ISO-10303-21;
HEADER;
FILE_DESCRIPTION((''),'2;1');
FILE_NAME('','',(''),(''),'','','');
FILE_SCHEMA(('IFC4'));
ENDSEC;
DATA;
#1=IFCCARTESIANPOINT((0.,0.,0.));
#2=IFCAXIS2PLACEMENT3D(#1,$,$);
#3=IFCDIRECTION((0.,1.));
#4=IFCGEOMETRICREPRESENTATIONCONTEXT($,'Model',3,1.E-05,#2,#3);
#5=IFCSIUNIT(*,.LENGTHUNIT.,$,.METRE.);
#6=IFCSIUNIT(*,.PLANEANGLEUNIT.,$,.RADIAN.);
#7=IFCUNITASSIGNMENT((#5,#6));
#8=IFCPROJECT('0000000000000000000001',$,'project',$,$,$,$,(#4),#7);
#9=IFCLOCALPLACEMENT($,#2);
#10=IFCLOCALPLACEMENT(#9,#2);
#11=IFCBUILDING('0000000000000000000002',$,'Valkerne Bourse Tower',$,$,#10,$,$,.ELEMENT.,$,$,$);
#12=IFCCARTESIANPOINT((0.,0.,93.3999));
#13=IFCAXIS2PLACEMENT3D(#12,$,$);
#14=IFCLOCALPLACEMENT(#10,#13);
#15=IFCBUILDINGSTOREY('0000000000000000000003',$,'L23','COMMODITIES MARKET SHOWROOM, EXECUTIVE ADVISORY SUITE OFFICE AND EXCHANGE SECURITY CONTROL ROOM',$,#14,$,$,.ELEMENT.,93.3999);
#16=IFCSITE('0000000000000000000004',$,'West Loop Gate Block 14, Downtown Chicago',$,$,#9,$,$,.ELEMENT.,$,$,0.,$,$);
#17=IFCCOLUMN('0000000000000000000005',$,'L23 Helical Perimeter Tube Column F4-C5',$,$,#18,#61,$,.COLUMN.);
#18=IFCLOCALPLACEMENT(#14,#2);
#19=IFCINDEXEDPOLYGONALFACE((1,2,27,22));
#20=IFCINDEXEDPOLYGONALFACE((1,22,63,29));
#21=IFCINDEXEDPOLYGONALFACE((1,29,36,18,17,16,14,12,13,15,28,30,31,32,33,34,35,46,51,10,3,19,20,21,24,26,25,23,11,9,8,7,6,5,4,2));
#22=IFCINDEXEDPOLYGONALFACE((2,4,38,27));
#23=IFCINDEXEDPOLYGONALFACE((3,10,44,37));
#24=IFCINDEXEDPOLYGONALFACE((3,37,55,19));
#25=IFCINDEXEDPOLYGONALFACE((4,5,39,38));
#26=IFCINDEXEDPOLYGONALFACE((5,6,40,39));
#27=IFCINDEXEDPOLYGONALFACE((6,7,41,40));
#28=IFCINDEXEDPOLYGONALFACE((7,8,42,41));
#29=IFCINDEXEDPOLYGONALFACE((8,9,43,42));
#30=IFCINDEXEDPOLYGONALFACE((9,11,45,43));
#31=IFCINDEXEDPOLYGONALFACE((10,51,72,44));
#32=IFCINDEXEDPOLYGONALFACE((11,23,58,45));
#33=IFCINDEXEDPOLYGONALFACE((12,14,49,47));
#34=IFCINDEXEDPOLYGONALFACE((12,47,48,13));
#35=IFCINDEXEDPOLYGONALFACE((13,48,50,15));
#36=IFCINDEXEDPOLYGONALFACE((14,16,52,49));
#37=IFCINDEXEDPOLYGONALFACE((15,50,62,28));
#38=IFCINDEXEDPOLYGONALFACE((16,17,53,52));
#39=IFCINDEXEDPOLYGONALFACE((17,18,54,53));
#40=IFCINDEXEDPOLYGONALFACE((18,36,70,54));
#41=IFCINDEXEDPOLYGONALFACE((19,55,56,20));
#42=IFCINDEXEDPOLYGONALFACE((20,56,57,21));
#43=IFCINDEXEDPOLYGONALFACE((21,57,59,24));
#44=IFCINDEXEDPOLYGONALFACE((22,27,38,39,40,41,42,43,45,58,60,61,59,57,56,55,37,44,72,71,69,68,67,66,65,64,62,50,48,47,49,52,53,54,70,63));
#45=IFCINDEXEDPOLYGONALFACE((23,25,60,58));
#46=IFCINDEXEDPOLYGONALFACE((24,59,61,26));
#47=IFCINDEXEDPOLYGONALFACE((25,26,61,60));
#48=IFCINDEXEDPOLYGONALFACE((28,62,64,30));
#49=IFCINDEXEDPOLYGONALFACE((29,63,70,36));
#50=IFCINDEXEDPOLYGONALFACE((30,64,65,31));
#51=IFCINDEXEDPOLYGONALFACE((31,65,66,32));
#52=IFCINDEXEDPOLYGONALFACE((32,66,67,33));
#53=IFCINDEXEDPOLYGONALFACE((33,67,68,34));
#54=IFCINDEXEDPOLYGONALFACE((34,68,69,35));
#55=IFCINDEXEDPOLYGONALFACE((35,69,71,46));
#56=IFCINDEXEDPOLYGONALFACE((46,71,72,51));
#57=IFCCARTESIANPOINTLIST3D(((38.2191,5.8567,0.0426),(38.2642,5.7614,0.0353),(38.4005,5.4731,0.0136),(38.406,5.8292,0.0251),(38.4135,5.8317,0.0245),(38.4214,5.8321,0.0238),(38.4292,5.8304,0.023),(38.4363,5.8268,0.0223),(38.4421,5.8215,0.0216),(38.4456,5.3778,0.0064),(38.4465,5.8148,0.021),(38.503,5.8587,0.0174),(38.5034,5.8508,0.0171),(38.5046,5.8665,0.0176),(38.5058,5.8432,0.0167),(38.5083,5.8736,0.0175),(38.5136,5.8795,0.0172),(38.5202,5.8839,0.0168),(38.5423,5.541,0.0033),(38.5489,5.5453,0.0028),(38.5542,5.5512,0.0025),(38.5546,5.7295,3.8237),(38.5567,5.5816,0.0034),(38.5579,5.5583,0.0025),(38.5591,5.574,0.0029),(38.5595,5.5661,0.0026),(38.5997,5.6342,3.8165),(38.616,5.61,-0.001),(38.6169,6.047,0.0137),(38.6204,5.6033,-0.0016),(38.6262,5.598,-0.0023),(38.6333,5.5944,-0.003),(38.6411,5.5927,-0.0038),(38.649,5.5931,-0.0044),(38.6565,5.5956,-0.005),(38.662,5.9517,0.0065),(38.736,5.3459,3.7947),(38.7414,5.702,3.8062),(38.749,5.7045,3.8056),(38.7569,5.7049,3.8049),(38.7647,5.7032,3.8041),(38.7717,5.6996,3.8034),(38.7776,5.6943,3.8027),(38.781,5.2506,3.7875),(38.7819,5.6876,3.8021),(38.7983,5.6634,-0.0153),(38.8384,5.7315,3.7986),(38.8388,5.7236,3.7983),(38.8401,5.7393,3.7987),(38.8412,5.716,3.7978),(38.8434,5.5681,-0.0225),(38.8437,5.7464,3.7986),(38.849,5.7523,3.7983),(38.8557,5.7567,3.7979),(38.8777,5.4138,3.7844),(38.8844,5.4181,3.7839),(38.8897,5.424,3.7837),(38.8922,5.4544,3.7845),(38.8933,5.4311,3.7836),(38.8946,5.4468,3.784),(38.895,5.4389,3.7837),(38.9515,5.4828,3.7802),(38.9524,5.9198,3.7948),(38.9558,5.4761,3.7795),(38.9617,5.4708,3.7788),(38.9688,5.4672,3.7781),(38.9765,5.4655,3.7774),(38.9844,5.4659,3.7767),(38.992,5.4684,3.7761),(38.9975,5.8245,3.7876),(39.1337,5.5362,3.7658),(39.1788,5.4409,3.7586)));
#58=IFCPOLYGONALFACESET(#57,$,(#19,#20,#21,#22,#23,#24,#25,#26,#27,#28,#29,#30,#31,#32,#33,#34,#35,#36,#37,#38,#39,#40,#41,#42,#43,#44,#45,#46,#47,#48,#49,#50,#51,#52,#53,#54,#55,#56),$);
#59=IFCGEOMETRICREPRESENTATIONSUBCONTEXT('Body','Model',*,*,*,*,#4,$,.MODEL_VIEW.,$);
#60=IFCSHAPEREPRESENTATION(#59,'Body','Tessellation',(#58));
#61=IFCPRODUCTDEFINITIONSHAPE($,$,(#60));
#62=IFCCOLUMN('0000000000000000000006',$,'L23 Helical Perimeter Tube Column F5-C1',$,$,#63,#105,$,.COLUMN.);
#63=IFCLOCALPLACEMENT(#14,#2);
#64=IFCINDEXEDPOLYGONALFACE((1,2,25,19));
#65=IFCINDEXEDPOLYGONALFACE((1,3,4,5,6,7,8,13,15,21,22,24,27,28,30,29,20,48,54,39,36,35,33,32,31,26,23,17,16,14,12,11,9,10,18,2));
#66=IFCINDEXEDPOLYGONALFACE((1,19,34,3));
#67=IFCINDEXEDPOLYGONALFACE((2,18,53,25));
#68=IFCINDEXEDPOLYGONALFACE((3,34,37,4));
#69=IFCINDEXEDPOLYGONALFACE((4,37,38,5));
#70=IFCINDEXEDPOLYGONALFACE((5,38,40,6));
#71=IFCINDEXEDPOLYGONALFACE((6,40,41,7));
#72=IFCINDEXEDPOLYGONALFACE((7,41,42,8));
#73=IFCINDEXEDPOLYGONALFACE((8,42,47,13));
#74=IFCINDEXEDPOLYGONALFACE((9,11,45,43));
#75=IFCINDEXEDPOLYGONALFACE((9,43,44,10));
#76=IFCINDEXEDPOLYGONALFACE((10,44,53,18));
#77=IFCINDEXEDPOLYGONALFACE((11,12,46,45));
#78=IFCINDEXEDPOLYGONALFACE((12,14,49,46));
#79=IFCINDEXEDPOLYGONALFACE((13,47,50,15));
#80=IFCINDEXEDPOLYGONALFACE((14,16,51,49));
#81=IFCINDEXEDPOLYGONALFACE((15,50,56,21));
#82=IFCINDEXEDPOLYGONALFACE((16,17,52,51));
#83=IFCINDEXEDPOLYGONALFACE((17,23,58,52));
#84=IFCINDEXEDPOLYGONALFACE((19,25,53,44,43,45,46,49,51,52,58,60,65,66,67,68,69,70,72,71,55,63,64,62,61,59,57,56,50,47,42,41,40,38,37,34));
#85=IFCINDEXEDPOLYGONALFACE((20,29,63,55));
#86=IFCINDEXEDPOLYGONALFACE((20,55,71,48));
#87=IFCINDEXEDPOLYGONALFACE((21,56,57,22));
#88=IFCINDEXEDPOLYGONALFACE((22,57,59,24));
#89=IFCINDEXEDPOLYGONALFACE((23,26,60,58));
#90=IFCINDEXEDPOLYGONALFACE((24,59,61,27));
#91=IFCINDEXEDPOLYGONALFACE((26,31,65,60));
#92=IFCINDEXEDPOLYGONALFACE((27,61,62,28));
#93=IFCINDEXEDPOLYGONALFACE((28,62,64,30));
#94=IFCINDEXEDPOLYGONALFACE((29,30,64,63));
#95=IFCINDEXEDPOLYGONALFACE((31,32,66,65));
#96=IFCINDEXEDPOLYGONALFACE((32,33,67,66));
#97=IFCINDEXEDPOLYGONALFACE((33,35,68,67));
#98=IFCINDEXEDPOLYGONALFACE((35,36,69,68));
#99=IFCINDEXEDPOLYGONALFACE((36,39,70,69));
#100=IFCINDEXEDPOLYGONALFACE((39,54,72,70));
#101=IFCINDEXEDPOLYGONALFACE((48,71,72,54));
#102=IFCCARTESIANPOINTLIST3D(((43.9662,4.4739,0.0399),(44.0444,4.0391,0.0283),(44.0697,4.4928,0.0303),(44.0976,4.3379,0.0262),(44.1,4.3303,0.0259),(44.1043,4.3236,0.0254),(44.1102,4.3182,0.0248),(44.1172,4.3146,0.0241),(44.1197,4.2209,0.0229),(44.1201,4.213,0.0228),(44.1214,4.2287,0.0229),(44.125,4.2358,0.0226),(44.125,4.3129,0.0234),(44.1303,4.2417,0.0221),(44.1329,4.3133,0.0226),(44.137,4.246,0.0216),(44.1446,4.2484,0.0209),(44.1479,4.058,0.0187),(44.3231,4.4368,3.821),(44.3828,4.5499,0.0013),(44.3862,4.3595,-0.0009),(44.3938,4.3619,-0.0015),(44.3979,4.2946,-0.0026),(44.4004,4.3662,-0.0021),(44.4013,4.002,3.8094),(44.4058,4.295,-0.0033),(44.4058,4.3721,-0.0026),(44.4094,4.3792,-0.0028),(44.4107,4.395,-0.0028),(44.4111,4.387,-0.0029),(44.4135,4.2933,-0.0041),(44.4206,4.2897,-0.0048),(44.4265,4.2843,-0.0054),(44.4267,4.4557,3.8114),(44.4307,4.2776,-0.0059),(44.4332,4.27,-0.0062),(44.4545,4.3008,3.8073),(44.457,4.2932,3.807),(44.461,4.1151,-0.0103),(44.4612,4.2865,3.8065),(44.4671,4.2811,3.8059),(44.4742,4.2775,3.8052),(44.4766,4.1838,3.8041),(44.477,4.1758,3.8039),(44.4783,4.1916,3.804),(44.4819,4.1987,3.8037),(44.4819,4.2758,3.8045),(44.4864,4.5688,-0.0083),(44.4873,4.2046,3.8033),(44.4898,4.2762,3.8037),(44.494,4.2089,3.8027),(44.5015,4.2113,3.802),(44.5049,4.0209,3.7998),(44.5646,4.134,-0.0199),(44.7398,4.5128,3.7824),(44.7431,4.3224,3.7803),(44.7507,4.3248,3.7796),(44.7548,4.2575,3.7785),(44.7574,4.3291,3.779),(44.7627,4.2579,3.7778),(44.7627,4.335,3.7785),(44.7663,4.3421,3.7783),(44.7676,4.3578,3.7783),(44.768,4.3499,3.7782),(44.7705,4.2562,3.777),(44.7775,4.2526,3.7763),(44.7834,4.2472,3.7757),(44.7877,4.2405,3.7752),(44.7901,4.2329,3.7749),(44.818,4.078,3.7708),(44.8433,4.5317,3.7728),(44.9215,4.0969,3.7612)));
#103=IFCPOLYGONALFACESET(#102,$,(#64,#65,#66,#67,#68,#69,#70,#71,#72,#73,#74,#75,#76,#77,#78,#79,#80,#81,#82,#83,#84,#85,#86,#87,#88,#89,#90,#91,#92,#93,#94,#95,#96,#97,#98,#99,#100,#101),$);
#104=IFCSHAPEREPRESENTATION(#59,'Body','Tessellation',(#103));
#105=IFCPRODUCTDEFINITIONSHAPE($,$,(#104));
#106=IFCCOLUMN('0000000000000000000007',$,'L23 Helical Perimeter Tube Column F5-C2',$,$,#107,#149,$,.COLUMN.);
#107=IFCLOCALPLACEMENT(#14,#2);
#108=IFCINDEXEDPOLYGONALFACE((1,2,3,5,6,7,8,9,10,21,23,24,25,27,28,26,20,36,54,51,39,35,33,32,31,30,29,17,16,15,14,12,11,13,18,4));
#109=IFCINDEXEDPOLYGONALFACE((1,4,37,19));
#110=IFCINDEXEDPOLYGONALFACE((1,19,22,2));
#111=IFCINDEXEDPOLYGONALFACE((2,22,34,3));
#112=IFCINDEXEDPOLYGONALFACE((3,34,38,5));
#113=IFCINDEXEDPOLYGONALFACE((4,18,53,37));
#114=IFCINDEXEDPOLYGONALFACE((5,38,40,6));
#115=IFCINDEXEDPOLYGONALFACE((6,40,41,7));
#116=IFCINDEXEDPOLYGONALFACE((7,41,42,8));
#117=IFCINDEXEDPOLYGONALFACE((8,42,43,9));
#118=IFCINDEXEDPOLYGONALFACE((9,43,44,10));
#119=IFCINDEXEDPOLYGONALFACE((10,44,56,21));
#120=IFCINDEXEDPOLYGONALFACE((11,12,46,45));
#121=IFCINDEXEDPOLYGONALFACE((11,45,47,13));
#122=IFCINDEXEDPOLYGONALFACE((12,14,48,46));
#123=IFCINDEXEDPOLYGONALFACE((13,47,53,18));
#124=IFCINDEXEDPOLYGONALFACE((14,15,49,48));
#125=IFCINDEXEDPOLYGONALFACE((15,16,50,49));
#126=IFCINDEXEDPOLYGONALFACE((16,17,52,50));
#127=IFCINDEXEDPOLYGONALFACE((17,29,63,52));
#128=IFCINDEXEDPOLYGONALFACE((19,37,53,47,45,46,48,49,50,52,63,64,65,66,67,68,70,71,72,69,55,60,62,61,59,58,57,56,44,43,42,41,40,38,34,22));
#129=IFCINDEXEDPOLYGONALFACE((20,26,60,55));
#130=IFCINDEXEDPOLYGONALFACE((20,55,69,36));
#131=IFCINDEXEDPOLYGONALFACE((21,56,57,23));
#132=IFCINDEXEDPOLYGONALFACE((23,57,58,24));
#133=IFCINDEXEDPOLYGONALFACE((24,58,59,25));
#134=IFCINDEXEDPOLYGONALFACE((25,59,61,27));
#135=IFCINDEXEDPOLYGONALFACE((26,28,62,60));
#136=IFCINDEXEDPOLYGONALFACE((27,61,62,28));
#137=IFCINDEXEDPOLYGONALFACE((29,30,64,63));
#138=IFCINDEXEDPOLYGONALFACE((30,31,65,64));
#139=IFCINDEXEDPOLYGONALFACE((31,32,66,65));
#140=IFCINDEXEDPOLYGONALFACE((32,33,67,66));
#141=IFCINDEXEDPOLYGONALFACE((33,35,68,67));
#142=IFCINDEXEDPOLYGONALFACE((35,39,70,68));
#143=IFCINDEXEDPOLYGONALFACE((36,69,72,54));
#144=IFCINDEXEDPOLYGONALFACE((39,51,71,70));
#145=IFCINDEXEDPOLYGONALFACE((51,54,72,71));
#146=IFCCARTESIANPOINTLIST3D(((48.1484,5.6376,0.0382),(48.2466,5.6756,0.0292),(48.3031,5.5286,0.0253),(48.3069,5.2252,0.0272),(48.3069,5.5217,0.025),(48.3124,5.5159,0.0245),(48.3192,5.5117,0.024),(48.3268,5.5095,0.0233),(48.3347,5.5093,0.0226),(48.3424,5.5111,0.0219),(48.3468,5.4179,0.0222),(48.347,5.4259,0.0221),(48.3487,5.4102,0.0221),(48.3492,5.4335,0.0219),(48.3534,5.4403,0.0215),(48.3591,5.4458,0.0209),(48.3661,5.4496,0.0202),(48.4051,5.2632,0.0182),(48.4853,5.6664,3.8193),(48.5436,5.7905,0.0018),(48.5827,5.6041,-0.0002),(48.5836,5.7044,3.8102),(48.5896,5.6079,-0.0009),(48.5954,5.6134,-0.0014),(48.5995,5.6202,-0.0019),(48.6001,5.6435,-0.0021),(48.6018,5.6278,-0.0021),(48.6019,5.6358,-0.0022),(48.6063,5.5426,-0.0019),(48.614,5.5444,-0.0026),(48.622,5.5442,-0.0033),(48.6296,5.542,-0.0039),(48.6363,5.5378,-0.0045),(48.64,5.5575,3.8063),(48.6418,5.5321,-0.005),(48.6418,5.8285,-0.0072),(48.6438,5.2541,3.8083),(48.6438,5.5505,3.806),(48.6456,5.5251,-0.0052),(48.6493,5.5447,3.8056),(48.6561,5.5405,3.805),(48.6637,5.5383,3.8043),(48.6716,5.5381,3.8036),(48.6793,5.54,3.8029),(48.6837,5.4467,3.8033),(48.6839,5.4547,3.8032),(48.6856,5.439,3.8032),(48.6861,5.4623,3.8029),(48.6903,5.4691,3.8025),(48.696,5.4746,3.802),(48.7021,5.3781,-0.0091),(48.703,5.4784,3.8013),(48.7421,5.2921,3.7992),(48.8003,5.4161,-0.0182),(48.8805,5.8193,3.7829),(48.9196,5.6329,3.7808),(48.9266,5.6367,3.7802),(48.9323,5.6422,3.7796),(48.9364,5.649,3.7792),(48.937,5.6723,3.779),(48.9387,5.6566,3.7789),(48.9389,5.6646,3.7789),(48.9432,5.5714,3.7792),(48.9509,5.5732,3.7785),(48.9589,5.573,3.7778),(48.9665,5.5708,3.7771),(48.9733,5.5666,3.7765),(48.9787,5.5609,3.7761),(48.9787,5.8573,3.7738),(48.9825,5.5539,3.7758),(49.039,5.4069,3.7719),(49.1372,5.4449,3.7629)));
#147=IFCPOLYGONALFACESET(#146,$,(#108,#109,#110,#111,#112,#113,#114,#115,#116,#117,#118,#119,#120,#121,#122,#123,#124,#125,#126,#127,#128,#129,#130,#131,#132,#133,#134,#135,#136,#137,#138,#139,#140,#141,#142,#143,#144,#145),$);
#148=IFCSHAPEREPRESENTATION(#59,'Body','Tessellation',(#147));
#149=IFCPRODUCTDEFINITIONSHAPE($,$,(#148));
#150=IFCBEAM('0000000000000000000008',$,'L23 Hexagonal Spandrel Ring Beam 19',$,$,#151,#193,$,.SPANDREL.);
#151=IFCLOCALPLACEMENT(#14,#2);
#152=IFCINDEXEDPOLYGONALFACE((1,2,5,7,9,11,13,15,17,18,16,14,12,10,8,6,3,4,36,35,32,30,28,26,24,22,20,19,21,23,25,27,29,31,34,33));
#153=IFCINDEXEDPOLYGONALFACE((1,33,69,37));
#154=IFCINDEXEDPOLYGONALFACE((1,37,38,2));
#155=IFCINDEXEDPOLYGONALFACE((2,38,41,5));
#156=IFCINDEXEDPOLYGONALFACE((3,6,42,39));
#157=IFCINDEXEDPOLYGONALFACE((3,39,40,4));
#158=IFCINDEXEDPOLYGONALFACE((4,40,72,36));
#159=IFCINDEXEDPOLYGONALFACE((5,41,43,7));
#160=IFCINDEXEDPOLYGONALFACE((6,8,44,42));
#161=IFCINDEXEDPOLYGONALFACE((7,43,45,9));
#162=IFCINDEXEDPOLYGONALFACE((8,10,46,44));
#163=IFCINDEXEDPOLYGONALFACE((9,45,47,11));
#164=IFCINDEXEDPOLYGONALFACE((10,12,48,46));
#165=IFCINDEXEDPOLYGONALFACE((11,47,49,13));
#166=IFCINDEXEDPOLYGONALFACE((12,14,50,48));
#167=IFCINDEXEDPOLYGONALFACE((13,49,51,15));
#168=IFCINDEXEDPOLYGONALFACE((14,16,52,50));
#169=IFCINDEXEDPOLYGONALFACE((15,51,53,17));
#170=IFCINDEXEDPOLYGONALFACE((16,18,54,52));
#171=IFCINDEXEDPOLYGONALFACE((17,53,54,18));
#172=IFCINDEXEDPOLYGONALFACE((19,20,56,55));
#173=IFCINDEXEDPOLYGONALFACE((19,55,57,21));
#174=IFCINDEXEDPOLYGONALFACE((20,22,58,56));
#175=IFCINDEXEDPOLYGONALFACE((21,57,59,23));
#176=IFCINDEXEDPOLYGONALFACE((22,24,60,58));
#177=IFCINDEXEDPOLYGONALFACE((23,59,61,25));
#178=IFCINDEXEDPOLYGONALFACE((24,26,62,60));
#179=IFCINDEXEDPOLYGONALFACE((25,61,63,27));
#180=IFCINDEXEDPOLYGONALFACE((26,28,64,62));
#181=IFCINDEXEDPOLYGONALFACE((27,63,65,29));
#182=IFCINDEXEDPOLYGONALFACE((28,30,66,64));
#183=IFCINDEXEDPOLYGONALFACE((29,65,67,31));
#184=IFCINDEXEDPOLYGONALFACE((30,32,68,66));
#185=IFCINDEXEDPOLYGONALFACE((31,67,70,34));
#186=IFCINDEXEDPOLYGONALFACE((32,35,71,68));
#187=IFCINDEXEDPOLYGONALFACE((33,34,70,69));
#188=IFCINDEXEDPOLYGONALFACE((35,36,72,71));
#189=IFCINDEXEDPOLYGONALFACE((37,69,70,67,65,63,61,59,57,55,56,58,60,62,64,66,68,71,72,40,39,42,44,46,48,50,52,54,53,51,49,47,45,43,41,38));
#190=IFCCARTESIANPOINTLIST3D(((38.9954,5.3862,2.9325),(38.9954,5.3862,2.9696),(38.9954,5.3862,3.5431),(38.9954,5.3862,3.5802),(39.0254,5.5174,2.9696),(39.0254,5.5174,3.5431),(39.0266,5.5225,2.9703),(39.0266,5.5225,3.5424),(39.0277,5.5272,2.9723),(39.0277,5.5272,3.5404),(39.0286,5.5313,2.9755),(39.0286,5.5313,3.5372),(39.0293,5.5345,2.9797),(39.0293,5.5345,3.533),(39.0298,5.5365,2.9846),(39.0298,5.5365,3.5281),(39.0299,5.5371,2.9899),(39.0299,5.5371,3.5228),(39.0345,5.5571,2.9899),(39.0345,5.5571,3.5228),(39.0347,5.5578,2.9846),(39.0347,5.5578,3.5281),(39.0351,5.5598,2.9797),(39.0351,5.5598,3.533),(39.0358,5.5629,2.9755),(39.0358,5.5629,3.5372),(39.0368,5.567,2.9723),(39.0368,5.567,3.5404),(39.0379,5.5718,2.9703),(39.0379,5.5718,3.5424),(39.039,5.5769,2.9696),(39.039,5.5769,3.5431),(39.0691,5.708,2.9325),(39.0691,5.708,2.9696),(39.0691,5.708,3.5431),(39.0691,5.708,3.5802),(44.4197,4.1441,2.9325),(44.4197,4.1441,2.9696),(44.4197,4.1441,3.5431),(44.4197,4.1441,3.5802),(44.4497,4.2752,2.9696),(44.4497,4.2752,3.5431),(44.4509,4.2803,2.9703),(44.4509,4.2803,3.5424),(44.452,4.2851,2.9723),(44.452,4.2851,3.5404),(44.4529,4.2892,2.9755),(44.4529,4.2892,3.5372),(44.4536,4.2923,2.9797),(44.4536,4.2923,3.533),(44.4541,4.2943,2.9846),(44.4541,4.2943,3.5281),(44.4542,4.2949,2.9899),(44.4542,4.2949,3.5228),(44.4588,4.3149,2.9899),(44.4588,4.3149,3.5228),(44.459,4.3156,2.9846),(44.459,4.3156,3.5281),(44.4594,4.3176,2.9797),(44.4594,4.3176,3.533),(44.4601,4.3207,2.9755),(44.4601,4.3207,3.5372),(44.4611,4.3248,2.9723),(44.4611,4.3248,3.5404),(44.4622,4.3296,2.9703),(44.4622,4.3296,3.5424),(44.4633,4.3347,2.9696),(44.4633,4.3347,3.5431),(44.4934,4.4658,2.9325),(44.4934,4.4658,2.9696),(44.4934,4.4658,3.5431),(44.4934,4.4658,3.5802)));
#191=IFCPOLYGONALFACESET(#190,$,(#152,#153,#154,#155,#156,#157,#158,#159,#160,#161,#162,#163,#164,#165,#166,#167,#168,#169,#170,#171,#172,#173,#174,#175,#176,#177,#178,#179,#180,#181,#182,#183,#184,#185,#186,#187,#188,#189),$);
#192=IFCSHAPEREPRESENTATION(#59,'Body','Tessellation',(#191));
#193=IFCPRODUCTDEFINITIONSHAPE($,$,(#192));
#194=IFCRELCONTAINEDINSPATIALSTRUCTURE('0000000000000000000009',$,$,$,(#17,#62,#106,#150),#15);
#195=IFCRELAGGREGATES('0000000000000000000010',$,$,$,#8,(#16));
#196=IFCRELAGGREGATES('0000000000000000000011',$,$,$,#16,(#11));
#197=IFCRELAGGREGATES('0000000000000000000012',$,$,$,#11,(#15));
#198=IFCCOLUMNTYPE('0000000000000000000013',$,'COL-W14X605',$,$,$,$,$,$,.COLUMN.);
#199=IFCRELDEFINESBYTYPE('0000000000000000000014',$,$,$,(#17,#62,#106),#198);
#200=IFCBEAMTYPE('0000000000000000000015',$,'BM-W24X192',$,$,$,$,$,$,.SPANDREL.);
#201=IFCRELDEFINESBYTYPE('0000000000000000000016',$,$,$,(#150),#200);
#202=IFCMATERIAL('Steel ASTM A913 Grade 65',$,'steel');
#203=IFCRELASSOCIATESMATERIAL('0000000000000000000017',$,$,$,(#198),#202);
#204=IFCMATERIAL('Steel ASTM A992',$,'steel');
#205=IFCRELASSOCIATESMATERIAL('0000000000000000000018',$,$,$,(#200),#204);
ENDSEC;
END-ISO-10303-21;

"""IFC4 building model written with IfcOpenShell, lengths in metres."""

from ifc_helpers import new_model, si_unit, direction, frame, origin, origin_2d, place, context, subcontext, project, spatial, i_section, extrude, material, material_profile, profile_set, type_object, element, save


model = new_model("IFC4")

# Units and contexts
model_context = context("Model", 3, precision=1e-05, world=origin(), true_north=direction((0.0, 1.0)))
body_context = subcontext(model_context, "Body", "Model", "MODEL_VIEW")
ifc_project = project(units=[si_unit("LENGTHUNIT", "METRE"), si_unit("PLANEANGLEUNIT", "RADIAN")], contexts=[model_context])

# Site, building, storey
site_placement = place(None, origin())
site = spatial("IfcSite", under=ifc_project, at=site_placement, Name="West Loop Gate Block 14, Downtown Chicago", CompositionType="ELEMENT", RefElevation=0.0)
building_placement = place(site_placement, origin())
building = spatial("IfcBuilding", under=site, at=building_placement, Name="Valkerne Bourse Tower", CompositionType="ELEMENT")
storey_placement = place(building_placement, frame((0.0, 0.0, 93.3999)))
storey = spatial("IfcBuildingStorey", under=building, at=storey_placement, Name="L23", Description="COMMODITIES MARKET SHOWROOM, EXECUTIVE ADVISORY SUITE OFFICE AND EXCHANGE SECURITY CONTROL ROOM", CompositionType="ELEMENT", Elevation=93.3999)

# Columns
ifc_material_1 = material(Name="Steel ASTM A913 Grade 65", Category="steel")
ifc_material_profile_1 = material_profile(ifc_material_1, i_section(OverallWidth=0.4419, OverallDepth=0.531, WebThickness=0.0659, FlangeThickness=0.1057, FilletRadius=0.0305, at=origin_2d()), Name="W14X605")
ifc_profile_set_1 = profile_set([ifc_material_profile_1], Name="Steel ASTM A913 Grade 65")
column_type = type_object("IfcColumnType", Name="COL-W14X605", PredefinedType="COLUMN", material=ifc_profile_set_1)
for number, where, z_axis, x_axis, name in (
    (1, (38.5312, 5.7124, 0.01), (0.088323, -0.033491, 0.995529), (0.900187, 0.430569, -0.065379), "L23 Helical Perimeter Tube Column F4-C5"),
    (2, (44.2654, 4.304, 0.01), (0.093979, -0.009771, 0.995526), (-0.17695, 0.983867, 0.026361), "L23 Helical Perimeter Tube Column F5-C1"),
):
    element("IfcColumn", number, at=place(storey_placement, frame(where, z_axis=z_axis, x_axis=x_axis)), inside=storey, type_object=column_type, Name=name, PredefinedType="COLUMN", context=body_context, shape_type="SweptSolid", body=[
        extrude(i_section(OverallWidth=0.4419, OverallDepth=0.531, WebThickness=0.0659, FlangeThickness=0.1057, FilletRadius=0.0305, at=origin_2d()), origin(), (0.0, 0.0, 1.0), 3.7981),
    ])
column_placement = place(storey_placement, frame((48.4744, 5.5269, 0.01), z_axis=(0.088753, 0.007589, 0.996025), x_axis=(-0.358685, 0.933128, 0.024852)))
element("IfcColumn", 3, at=column_placement, inside=storey, type_object=column_type, Name="L23 Helical Perimeter Tube Column F5-C2", PredefinedType="COLUMN", context=body_context, shape_type="SweptSolid", body=[
    extrude(i_section(OverallWidth=0.4419, OverallDepth=0.531, WebThickness=0.0659, FlangeThickness=0.1057, FilletRadius=0.0305, at=origin_2d()), origin(), (0.0, 0.0, 1.0), 3.7961),
])

# Beam
ifc_material_2 = material(Name="Steel ASTM A992", Category="steel")
ifc_material_profile_2 = material_profile(ifc_material_2, i_section(OverallWidth=0.3301, OverallDepth=0.6477, WebThickness=0.0205, FlangeThickness=0.0371, FilletRadius=0.0203, at=origin_2d()), Name="W24X192")
ifc_profile_set_2 = profile_set([ifc_material_profile_2], Name="Steel ASTM A992")
beam_type_1 = type_object("IfcBeamType", Name="BM-W24X192", PredefinedType="SPANDREL", material=ifc_profile_set_2)
beam_1_placement = place(storey_placement, frame((39.0322, 5.5471, 3.2563), z_axis=(0.974767, -0.223225, 0.0), x_axis=(0.223225, 0.974767, 0.0)))
element("IfcBeam", 4, at=beam_1_placement, inside=storey, type_object=beam_type_1, Name="L23 Hexagonal Spandrel Ring Beam 19", PredefinedType="SPANDREL", context=body_context, shape_type="SweptSolid", body=[
    extrude(i_section(OverallWidth=0.3301, OverallDepth=0.6477, WebThickness=0.0205, FlangeThickness=0.0371, FilletRadius=0.0203, at=origin_2d()), origin(), (0.0, 0.0, 1.0), 5.5647),
])

save(model, "model.ifc")
